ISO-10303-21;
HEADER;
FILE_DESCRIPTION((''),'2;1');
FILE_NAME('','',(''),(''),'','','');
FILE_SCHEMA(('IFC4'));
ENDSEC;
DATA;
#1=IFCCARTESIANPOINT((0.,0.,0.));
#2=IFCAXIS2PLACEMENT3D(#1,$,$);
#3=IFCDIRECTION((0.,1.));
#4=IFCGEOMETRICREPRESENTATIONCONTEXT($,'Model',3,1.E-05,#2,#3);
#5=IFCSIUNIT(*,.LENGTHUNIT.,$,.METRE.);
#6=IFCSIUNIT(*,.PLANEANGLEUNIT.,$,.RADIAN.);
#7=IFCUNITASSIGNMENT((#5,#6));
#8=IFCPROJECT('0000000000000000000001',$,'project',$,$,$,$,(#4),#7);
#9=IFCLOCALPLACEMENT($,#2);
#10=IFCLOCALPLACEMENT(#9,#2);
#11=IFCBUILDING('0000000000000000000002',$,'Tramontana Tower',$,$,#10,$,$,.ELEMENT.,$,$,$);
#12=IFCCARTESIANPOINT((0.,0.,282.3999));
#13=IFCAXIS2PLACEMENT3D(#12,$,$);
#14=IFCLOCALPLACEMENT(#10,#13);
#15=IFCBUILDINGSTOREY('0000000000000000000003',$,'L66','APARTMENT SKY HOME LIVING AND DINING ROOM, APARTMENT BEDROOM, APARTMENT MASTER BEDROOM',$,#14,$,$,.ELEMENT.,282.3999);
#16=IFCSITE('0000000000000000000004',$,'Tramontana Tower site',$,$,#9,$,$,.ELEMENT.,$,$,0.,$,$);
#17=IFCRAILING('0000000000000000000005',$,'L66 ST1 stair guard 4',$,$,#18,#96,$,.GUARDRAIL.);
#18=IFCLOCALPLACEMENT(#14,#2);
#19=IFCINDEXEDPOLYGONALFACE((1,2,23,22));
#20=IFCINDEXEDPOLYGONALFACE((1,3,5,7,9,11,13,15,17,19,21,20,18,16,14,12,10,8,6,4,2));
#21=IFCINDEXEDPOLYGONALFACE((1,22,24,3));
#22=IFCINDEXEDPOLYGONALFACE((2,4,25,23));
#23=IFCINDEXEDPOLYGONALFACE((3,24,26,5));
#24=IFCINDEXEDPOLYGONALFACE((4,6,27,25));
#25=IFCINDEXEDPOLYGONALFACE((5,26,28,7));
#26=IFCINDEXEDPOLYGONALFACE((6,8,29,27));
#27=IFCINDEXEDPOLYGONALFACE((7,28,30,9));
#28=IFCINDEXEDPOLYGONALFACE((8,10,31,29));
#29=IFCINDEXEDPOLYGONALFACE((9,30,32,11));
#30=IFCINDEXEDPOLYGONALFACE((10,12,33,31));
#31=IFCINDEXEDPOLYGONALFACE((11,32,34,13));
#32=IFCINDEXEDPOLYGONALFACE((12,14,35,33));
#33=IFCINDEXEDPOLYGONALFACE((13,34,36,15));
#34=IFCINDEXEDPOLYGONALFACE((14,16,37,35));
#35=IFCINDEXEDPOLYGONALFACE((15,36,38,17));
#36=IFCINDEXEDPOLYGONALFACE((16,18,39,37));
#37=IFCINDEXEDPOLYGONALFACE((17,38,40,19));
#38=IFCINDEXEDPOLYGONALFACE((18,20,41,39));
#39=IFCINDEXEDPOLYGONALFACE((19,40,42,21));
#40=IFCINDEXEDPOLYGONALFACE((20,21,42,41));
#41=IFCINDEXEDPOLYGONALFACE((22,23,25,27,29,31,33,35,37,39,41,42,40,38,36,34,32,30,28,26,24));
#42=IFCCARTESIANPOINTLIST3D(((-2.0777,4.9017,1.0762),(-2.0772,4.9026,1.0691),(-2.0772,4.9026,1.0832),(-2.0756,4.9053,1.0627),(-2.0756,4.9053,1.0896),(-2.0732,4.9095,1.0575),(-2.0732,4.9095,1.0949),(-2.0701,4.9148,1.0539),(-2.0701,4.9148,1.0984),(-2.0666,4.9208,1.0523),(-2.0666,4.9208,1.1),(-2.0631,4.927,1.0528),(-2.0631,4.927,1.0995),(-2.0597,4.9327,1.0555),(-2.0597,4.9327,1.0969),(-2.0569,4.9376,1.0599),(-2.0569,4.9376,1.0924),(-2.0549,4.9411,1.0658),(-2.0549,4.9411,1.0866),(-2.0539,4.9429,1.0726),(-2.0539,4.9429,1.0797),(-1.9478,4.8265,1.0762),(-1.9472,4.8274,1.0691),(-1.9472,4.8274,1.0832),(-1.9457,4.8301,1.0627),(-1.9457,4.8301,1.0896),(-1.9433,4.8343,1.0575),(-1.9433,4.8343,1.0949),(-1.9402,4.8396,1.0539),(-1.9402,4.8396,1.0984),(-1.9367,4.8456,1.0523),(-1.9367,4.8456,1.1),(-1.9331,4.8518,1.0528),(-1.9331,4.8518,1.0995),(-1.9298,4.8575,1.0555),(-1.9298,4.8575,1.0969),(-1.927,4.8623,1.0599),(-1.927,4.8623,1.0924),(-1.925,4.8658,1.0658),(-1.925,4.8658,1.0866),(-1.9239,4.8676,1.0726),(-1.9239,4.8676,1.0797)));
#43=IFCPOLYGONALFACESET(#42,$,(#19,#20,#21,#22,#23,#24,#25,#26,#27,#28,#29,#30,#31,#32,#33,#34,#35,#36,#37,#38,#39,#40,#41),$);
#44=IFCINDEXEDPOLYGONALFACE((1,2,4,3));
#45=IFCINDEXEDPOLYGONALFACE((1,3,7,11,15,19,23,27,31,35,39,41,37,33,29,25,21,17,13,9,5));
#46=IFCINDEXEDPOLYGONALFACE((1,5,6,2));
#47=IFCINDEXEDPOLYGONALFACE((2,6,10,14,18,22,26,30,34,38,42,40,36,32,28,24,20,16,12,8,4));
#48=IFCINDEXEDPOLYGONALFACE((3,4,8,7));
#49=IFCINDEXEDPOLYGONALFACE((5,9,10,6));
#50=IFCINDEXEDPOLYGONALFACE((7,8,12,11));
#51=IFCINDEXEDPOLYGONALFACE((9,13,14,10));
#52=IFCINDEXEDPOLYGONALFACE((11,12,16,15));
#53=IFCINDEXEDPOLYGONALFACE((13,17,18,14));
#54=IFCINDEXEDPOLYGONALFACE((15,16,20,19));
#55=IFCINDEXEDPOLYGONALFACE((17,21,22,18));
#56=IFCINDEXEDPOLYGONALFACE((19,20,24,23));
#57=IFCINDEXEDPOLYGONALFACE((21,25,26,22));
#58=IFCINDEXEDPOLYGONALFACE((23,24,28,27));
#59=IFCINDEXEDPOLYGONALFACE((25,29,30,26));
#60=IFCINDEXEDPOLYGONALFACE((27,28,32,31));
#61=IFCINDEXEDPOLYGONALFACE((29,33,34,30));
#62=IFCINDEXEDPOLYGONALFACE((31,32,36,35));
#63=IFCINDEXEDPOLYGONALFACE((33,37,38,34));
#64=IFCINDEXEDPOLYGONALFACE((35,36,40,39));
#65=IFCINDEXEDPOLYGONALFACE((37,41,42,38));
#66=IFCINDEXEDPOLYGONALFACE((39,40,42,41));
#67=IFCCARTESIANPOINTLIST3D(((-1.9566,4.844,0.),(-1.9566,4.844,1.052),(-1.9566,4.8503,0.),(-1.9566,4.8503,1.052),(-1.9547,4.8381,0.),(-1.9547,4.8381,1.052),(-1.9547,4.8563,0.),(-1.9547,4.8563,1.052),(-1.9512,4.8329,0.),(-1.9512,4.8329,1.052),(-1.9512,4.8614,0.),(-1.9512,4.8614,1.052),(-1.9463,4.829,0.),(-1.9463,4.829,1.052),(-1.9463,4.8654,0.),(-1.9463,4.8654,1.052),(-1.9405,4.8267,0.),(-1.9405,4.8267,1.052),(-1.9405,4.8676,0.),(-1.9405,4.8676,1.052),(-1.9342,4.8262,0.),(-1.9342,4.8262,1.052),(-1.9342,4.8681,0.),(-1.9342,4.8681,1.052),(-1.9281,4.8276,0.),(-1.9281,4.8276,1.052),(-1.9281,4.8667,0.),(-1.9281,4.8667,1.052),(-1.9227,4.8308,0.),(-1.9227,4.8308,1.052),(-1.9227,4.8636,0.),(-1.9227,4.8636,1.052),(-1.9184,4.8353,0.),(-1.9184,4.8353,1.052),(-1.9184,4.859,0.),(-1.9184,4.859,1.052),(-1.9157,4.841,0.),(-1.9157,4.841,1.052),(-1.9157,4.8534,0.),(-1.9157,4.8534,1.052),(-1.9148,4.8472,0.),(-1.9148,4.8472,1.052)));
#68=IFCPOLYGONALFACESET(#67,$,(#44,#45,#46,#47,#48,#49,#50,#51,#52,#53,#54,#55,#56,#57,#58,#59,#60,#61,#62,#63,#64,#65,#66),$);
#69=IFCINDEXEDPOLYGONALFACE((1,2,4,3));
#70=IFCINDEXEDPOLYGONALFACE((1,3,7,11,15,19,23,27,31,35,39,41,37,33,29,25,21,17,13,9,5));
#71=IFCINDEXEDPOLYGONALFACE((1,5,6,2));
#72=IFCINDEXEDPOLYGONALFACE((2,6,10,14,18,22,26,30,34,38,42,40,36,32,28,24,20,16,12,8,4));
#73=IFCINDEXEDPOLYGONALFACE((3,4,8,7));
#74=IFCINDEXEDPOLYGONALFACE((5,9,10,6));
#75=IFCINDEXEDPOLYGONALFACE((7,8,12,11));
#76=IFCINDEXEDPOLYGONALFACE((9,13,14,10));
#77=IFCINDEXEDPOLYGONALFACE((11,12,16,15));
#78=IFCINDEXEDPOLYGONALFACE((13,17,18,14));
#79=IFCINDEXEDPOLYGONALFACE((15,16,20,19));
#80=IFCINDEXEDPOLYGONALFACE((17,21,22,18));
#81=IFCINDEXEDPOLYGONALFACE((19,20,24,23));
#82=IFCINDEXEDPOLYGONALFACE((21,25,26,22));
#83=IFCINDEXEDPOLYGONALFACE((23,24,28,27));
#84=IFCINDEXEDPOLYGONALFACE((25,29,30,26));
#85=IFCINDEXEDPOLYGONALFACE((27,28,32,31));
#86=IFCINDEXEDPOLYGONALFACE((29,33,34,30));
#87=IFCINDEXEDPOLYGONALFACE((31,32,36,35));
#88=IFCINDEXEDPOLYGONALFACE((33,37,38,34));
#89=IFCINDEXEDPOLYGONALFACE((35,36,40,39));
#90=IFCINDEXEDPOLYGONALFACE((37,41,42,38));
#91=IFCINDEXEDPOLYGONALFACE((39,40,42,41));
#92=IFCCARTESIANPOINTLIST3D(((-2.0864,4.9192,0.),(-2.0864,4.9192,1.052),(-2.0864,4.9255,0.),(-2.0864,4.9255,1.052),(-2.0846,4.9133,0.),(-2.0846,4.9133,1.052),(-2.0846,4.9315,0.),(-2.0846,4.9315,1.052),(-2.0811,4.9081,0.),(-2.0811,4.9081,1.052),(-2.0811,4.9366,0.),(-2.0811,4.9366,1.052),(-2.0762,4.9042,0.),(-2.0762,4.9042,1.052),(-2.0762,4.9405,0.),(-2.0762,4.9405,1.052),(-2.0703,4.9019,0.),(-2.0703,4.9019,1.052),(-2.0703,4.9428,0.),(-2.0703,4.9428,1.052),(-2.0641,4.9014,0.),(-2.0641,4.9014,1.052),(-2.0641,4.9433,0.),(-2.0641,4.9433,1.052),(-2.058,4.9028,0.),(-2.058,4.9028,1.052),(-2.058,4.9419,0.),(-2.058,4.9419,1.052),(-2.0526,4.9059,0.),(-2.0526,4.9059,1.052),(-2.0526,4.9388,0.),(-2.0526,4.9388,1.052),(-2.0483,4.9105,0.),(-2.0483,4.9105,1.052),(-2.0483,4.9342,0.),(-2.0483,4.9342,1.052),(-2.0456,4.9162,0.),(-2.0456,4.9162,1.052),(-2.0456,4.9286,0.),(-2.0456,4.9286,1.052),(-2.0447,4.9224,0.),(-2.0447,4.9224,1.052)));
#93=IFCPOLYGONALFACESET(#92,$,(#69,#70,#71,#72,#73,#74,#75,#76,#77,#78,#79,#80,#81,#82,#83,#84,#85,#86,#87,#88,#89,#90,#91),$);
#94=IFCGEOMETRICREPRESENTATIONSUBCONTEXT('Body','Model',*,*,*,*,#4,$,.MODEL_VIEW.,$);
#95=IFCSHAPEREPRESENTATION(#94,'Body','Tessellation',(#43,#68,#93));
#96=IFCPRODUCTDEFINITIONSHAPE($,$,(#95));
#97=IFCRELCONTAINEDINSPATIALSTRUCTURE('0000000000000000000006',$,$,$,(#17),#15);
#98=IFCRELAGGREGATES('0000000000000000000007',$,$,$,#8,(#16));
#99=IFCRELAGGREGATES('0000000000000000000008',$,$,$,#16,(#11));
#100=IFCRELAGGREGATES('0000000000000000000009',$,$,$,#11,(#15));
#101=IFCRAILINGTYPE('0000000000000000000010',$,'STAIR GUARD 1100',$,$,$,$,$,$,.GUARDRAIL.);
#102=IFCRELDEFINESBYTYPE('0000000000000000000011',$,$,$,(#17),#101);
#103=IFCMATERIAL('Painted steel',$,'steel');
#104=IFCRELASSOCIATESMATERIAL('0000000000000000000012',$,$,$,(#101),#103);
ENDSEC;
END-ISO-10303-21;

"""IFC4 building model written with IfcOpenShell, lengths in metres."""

from ifc_helpers import new_model, si_unit, direction, frame, origin, origin_2d, place, context, subcontext, project, spatial, circle, extrude, material, type_object, element, save


model = new_model("IFC4")

# Units and contexts
model_context = context("Model", 3, precision=1e-05, world=origin(), true_north=direction((0.0, 1.0)))
body_context = subcontext(model_context, "Body", "Model", "MODEL_VIEW")
ifc_project = project(units=[si_unit("LENGTHUNIT", "METRE"), si_unit("PLANEANGLEUNIT", "RADIAN")], contexts=[model_context])

# Site, building, storey
site_placement = place(None, origin())
site = spatial("IfcSite", under=ifc_project, at=site_placement, Name="Tramontana Tower site", CompositionType="ELEMENT", RefElevation=0.0)
building_placement = place(site_placement, origin())
building = spatial("IfcBuilding", under=site, at=building_placement, Name="Tramontana Tower", CompositionType="ELEMENT")
storey_placement = place(building_placement, frame((0.0, 0.0, 282.3999)))
storey = spatial("IfcBuildingStorey", under=building, at=storey_placement, Name="L66", Description="APARTMENT SKY HOME LIVING AND DINING ROOM, APARTMENT BEDROOM, APARTMENT MASTER BEDROOM", CompositionType="ELEMENT", Elevation=282.3999)

# Railing
ifc_material_1 = material(Name="Painted steel", Category="steel")
railing_type_1 = type_object("IfcRailingType", Name="STAIR GUARD 1100", PredefinedType="GUARDRAIL", material=ifc_material_1)
railing_1_placement = place(storey_placement, frame((-1.9358, 4.8472, 0.0)))
element("IfcRailing", 1, at=railing_1_placement, inside=storey, type_object=railing_type_1, Name="L66 ST1 stair guard 4", PredefinedType="GUARDRAIL", context=body_context, shape_type="SweptSolid", body=[
    extrude(circle(Radius=0.0239, at=origin_2d()), frame((0.0, 0.0, 1.0762), z_axis=(-0.865426, 0.501036, 0.0), x_axis=(-0.501036, -0.865426, 0.0)), (0.0, 0.0, 1.0), 0.1501),
    extrude(circle(Radius=0.021, at=origin_2d()), origin(), (0.0, 0.0, 1.0), 1.052),
    extrude(circle(Radius=0.021, at=origin_2d()), frame((-0.1299, 0.0752, 0.0)), (0.0, 0.0, 1.0), 1.052),
])

save(model, "model.ifc")
